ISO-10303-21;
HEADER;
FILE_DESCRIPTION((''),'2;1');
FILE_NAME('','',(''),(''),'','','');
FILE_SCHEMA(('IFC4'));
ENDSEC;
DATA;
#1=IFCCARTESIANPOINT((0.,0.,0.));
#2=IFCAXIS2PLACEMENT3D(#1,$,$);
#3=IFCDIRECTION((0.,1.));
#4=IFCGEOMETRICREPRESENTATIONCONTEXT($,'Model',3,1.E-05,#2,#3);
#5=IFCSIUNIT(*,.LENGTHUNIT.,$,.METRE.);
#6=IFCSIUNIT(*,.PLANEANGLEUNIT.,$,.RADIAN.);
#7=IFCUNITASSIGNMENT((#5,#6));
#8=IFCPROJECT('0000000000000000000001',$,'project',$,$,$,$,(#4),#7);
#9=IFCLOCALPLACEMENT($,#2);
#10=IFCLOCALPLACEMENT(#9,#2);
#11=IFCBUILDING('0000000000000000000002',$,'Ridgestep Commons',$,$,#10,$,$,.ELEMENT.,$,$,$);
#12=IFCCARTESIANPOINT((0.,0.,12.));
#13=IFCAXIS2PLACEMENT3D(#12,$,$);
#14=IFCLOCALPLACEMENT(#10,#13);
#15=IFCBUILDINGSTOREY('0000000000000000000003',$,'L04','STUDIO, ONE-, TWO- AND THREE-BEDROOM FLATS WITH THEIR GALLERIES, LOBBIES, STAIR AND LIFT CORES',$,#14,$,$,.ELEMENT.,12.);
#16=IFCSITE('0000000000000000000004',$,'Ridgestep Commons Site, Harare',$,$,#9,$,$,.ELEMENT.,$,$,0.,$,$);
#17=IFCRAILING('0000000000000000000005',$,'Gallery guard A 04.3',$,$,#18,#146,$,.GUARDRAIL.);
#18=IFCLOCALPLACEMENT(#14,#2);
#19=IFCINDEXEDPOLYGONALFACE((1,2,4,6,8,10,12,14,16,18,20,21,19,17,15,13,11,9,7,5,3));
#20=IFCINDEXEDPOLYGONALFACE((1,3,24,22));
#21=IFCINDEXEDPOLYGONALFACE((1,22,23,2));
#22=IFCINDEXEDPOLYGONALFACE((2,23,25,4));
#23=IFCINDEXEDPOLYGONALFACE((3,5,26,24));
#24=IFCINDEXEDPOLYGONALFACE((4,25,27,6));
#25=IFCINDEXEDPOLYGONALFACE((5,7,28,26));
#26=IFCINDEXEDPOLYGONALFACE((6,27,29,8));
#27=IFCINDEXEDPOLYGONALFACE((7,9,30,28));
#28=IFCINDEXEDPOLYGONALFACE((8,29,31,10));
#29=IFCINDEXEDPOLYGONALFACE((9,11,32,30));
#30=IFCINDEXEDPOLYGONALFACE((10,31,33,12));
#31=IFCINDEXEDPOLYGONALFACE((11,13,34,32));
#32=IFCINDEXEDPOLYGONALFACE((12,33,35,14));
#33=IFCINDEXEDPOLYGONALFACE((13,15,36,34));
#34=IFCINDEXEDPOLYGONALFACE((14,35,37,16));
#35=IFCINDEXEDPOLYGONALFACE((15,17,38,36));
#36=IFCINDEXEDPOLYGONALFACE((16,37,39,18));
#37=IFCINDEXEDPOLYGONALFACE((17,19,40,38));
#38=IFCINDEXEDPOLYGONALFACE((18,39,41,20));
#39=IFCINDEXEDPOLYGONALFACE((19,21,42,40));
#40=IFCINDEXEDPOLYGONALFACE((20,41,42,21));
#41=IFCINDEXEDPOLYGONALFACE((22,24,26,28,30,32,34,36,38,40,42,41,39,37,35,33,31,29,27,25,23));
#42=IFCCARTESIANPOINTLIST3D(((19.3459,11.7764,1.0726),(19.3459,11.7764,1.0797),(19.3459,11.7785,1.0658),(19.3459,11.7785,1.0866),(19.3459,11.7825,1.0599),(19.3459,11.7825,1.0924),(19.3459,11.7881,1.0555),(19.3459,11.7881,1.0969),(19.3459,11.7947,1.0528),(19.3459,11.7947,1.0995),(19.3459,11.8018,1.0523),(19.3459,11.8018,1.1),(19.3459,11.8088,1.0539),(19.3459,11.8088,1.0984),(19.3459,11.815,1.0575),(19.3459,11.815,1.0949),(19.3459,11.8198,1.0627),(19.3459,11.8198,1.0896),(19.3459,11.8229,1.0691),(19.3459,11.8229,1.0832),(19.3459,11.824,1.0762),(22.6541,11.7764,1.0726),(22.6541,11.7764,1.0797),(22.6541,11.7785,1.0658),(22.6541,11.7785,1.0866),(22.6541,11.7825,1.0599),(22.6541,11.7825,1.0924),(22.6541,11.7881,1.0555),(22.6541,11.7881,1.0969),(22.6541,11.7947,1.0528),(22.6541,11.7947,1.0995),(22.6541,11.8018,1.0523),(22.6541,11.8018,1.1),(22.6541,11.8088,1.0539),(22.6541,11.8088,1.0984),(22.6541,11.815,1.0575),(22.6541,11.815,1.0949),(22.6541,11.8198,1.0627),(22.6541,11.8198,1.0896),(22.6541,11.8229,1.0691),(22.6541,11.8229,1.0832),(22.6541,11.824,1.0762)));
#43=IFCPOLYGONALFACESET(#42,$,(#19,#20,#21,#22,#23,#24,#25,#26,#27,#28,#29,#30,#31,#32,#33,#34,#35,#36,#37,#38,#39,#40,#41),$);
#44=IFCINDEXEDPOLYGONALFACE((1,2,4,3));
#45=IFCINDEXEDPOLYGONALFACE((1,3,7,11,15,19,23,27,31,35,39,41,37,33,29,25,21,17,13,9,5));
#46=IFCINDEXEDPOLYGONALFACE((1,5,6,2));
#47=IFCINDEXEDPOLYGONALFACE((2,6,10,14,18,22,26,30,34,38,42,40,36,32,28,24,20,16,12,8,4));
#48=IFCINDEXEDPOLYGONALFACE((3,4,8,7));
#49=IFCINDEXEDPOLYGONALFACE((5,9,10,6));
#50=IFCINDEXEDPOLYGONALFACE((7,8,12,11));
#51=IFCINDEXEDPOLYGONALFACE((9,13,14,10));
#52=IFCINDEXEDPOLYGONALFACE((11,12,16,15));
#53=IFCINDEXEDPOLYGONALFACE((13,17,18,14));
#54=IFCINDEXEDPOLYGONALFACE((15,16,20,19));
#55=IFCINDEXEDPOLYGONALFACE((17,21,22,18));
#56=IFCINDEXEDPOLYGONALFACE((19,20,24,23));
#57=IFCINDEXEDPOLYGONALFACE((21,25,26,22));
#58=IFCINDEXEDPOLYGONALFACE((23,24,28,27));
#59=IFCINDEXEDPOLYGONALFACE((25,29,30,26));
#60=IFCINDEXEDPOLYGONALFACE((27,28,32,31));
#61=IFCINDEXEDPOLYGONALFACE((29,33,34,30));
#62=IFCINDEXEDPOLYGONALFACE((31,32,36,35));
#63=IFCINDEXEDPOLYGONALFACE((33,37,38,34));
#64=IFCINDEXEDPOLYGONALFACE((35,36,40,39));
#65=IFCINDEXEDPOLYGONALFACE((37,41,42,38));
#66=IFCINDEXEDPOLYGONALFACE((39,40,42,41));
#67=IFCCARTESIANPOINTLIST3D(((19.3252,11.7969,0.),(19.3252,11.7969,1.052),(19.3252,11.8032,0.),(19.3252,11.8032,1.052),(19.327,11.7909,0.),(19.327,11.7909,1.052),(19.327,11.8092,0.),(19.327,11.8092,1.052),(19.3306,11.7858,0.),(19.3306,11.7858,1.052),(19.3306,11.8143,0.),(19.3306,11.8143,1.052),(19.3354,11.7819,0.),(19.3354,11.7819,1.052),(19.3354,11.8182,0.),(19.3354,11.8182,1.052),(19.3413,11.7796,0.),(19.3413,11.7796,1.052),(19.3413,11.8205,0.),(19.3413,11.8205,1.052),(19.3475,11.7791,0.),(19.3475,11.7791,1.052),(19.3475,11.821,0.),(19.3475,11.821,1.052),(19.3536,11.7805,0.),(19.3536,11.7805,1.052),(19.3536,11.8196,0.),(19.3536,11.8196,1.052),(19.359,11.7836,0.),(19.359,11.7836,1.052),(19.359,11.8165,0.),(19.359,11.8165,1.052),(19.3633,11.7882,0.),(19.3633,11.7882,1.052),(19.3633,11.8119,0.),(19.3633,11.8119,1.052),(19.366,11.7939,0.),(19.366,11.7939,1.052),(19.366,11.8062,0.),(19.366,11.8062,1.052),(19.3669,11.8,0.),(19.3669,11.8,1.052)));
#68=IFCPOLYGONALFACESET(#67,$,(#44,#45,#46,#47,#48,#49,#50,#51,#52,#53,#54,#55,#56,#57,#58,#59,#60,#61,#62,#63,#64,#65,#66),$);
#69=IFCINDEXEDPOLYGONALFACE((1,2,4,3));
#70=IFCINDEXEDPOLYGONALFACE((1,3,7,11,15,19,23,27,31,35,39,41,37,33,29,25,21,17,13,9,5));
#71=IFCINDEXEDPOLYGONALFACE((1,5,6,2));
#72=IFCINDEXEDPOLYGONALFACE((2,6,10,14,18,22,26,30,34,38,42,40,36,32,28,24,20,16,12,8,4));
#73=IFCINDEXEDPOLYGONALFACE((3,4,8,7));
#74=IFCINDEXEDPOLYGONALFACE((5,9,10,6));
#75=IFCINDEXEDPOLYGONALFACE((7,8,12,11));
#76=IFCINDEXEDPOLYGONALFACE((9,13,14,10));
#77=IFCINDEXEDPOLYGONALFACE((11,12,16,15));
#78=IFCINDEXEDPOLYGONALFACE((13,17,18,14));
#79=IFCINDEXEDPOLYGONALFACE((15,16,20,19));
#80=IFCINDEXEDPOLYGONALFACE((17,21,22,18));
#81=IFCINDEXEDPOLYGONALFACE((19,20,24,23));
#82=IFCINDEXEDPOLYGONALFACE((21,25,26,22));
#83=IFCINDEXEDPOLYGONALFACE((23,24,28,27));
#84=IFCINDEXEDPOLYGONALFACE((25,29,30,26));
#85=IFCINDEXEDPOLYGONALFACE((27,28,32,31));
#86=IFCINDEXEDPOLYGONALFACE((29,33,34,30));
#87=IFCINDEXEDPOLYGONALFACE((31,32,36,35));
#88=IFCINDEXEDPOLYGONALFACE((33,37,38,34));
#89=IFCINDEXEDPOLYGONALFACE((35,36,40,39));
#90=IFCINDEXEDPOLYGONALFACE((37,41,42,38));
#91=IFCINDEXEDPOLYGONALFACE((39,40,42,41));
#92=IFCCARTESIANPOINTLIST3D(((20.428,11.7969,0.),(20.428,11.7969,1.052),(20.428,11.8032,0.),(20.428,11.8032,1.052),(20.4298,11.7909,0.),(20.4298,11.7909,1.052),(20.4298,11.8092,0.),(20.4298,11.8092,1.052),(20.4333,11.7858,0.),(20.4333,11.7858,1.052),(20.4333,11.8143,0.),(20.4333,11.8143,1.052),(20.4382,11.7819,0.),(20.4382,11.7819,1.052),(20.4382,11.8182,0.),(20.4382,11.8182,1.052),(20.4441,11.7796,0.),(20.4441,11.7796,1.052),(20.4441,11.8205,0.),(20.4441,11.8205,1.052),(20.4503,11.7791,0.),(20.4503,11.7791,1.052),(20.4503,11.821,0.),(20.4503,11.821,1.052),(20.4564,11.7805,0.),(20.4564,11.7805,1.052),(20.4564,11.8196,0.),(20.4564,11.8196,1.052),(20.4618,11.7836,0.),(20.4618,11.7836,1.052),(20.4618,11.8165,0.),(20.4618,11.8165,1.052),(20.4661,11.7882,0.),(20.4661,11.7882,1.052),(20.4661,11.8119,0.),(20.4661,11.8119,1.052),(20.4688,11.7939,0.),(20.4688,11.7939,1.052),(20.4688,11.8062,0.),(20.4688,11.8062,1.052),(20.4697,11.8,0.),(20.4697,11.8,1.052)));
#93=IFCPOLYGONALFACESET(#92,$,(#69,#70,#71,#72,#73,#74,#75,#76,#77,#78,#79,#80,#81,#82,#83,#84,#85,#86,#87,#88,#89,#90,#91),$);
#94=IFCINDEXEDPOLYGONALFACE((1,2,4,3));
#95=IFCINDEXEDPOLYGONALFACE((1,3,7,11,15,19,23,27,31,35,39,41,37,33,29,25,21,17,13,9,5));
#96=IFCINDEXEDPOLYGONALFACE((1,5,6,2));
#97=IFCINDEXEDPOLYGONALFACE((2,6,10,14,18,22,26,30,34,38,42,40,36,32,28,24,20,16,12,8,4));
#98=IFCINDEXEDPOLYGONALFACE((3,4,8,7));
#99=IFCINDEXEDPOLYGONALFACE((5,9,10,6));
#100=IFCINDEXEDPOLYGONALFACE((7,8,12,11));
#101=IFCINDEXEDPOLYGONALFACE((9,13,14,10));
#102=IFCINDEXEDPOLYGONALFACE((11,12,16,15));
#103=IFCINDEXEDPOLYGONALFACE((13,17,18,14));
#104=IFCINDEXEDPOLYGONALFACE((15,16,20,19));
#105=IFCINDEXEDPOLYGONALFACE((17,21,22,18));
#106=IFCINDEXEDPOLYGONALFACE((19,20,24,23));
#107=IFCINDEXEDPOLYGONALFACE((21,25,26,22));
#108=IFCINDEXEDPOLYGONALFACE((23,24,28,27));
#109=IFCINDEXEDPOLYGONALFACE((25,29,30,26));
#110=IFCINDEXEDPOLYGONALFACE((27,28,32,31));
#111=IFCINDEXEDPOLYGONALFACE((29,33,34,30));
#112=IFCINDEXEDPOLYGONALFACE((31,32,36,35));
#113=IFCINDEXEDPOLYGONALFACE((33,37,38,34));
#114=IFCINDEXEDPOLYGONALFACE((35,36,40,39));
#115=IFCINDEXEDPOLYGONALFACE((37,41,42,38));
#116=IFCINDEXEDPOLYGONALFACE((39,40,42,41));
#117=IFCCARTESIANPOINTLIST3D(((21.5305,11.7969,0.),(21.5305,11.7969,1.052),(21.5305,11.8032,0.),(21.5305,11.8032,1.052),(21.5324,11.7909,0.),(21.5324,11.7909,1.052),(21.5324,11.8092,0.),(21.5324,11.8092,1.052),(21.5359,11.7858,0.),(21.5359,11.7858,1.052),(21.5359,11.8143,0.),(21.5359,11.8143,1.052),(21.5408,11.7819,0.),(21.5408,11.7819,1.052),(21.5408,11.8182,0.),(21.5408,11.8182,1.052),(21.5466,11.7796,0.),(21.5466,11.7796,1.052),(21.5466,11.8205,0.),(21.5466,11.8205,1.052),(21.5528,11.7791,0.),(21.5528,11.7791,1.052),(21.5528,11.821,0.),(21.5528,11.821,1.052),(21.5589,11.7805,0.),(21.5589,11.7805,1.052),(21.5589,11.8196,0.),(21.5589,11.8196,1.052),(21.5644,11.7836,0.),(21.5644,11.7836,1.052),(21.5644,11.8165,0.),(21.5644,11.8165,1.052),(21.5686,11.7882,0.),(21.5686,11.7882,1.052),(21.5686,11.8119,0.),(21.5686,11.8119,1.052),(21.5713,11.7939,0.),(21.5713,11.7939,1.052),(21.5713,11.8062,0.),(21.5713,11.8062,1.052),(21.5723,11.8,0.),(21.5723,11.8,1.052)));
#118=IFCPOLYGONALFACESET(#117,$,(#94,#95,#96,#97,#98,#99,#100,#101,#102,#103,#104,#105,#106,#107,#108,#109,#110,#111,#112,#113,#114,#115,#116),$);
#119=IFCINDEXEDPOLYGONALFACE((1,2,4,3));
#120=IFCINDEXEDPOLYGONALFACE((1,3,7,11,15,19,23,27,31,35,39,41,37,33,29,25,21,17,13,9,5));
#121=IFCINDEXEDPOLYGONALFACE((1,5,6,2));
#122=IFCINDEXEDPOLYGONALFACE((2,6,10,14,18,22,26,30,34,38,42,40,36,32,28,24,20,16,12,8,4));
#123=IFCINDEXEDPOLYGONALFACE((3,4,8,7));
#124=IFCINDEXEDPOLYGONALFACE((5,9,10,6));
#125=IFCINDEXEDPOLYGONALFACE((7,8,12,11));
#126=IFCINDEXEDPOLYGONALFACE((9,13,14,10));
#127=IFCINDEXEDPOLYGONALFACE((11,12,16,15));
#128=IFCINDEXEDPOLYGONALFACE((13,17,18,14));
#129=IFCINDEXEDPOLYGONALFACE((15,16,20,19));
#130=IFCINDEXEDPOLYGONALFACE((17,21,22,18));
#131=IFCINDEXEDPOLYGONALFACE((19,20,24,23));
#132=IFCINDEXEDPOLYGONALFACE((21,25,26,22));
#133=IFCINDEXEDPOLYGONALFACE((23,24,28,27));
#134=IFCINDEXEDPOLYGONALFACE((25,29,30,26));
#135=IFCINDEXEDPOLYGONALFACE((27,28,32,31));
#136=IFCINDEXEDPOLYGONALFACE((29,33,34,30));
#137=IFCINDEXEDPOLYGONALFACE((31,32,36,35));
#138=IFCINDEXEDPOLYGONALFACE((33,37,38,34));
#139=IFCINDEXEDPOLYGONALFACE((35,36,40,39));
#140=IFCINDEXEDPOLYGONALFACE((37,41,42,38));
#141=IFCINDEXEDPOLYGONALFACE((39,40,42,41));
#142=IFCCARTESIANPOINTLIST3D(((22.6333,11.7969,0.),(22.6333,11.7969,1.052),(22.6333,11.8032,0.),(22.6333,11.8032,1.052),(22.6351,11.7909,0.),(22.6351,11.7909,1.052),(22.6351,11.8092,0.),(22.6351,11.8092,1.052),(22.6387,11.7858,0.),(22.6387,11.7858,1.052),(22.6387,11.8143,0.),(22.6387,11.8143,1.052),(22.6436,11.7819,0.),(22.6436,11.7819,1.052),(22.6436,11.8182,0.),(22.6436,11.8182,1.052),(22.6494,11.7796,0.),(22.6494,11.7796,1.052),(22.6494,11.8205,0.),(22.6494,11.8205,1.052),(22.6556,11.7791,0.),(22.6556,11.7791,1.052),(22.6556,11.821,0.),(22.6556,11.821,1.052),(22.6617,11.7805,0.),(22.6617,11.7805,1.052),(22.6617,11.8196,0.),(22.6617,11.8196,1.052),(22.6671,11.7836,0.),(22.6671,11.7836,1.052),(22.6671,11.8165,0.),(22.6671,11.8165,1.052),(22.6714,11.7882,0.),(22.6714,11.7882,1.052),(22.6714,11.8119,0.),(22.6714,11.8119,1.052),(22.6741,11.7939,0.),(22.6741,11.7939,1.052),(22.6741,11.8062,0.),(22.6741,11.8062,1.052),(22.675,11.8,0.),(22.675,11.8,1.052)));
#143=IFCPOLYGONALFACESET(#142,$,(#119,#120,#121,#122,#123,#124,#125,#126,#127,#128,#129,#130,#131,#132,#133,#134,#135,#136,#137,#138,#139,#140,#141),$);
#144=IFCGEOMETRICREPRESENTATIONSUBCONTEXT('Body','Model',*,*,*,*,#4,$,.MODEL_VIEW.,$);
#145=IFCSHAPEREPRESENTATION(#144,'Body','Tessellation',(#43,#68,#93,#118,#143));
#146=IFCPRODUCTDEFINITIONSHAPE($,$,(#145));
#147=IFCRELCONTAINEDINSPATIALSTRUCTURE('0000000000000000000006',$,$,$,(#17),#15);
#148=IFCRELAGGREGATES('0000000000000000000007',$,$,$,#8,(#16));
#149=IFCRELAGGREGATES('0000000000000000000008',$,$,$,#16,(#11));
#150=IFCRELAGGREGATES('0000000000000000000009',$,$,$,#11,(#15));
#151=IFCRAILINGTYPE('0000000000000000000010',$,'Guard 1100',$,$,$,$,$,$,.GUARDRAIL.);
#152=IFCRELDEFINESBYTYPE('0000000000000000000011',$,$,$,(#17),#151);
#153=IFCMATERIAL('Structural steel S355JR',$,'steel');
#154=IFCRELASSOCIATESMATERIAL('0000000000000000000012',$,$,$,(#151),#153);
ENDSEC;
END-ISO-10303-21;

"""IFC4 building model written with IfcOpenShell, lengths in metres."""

from ifc_helpers import new_model, si_unit, direction, frame, origin, origin_2d, place, context, subcontext, project, spatial, circle, extrude, material, type_object, element, save


model = new_model("IFC4")

# Units and contexts
model_context = context("Model", 3, precision=1e-05, world=origin(), true_north=direction((0.0, 1.0)))
body_context = subcontext(model_context, "Body", "Model", "MODEL_VIEW")
ifc_project = project(units=[si_unit("LENGTHUNIT", "METRE"), si_unit("PLANEANGLEUNIT", "RADIAN")], contexts=[model_context])

# Site, building, storey
site_placement = place(None, origin())
site = spatial("IfcSite", under=ifc_project, at=site_placement, Name="Ridgestep Commons Site, Harare", CompositionType="ELEMENT", RefElevation=0.0)
building_placement = place(site_placement, origin())
building = spatial("IfcBuilding", under=site, at=building_placement, Name="Ridgestep Commons", CompositionType="ELEMENT")
storey_placement = place(building_placement, frame((0.0, 0.0, 12.0)))
storey = spatial("IfcBuildingStorey", under=building, at=storey_placement, Name="L04", Description="STUDIO, ONE-, TWO- AND THREE-BEDROOM FLATS WITH THEIR GALLERIES, LOBBIES, STAIR AND LIFT CORES", CompositionType="ELEMENT", Elevation=12.0)

# Railing
ifc_material_1 = material(Name="Structural steel S355JR", Category="steel")
railing_type = type_object("IfcRailingType", Name="Guard 1100", PredefinedType="GUARDRAIL", material=ifc_material_1)
railing_1_placement = place(storey_placement, frame((19.3459, 11.8, 0.0)))
element("IfcRailing", 1, at=railing_1_placement, inside=storey, type_object=railing_type, Name="Gallery guard A 04.3", PredefinedType="GUARDRAIL", context=body_context, shape_type="SweptSolid", body=[
    extrude(circle(Radius=0.0239, at=origin_2d()), frame((0.0, 0.0, 1.0762), z_axis=(1.0, 0.0, 0.0), x_axis=(0.0, 1.0, 0.0)), (0.0, 0.0, 1.0), 3.3081),
    extrude(circle(Radius=0.021, at=origin_2d()), origin(), (0.0, 0.0, 1.0), 1.052),
    extrude(circle(Radius=0.021, at=origin_2d()), frame((1.1028, 0.0, 0.0)), (0.0, 0.0, 1.0), 1.052),
    extrude(circle(Radius=0.021, at=origin_2d()), frame((2.2053, 0.0, 0.0)), (0.0, 0.0, 1.0), 1.052),
    extrude(circle(Radius=0.021, at=origin_2d()), frame((3.3081, 0.0, 0.0)), (0.0, 0.0, 1.0), 1.052),
])

save(model, "model.ifc")
